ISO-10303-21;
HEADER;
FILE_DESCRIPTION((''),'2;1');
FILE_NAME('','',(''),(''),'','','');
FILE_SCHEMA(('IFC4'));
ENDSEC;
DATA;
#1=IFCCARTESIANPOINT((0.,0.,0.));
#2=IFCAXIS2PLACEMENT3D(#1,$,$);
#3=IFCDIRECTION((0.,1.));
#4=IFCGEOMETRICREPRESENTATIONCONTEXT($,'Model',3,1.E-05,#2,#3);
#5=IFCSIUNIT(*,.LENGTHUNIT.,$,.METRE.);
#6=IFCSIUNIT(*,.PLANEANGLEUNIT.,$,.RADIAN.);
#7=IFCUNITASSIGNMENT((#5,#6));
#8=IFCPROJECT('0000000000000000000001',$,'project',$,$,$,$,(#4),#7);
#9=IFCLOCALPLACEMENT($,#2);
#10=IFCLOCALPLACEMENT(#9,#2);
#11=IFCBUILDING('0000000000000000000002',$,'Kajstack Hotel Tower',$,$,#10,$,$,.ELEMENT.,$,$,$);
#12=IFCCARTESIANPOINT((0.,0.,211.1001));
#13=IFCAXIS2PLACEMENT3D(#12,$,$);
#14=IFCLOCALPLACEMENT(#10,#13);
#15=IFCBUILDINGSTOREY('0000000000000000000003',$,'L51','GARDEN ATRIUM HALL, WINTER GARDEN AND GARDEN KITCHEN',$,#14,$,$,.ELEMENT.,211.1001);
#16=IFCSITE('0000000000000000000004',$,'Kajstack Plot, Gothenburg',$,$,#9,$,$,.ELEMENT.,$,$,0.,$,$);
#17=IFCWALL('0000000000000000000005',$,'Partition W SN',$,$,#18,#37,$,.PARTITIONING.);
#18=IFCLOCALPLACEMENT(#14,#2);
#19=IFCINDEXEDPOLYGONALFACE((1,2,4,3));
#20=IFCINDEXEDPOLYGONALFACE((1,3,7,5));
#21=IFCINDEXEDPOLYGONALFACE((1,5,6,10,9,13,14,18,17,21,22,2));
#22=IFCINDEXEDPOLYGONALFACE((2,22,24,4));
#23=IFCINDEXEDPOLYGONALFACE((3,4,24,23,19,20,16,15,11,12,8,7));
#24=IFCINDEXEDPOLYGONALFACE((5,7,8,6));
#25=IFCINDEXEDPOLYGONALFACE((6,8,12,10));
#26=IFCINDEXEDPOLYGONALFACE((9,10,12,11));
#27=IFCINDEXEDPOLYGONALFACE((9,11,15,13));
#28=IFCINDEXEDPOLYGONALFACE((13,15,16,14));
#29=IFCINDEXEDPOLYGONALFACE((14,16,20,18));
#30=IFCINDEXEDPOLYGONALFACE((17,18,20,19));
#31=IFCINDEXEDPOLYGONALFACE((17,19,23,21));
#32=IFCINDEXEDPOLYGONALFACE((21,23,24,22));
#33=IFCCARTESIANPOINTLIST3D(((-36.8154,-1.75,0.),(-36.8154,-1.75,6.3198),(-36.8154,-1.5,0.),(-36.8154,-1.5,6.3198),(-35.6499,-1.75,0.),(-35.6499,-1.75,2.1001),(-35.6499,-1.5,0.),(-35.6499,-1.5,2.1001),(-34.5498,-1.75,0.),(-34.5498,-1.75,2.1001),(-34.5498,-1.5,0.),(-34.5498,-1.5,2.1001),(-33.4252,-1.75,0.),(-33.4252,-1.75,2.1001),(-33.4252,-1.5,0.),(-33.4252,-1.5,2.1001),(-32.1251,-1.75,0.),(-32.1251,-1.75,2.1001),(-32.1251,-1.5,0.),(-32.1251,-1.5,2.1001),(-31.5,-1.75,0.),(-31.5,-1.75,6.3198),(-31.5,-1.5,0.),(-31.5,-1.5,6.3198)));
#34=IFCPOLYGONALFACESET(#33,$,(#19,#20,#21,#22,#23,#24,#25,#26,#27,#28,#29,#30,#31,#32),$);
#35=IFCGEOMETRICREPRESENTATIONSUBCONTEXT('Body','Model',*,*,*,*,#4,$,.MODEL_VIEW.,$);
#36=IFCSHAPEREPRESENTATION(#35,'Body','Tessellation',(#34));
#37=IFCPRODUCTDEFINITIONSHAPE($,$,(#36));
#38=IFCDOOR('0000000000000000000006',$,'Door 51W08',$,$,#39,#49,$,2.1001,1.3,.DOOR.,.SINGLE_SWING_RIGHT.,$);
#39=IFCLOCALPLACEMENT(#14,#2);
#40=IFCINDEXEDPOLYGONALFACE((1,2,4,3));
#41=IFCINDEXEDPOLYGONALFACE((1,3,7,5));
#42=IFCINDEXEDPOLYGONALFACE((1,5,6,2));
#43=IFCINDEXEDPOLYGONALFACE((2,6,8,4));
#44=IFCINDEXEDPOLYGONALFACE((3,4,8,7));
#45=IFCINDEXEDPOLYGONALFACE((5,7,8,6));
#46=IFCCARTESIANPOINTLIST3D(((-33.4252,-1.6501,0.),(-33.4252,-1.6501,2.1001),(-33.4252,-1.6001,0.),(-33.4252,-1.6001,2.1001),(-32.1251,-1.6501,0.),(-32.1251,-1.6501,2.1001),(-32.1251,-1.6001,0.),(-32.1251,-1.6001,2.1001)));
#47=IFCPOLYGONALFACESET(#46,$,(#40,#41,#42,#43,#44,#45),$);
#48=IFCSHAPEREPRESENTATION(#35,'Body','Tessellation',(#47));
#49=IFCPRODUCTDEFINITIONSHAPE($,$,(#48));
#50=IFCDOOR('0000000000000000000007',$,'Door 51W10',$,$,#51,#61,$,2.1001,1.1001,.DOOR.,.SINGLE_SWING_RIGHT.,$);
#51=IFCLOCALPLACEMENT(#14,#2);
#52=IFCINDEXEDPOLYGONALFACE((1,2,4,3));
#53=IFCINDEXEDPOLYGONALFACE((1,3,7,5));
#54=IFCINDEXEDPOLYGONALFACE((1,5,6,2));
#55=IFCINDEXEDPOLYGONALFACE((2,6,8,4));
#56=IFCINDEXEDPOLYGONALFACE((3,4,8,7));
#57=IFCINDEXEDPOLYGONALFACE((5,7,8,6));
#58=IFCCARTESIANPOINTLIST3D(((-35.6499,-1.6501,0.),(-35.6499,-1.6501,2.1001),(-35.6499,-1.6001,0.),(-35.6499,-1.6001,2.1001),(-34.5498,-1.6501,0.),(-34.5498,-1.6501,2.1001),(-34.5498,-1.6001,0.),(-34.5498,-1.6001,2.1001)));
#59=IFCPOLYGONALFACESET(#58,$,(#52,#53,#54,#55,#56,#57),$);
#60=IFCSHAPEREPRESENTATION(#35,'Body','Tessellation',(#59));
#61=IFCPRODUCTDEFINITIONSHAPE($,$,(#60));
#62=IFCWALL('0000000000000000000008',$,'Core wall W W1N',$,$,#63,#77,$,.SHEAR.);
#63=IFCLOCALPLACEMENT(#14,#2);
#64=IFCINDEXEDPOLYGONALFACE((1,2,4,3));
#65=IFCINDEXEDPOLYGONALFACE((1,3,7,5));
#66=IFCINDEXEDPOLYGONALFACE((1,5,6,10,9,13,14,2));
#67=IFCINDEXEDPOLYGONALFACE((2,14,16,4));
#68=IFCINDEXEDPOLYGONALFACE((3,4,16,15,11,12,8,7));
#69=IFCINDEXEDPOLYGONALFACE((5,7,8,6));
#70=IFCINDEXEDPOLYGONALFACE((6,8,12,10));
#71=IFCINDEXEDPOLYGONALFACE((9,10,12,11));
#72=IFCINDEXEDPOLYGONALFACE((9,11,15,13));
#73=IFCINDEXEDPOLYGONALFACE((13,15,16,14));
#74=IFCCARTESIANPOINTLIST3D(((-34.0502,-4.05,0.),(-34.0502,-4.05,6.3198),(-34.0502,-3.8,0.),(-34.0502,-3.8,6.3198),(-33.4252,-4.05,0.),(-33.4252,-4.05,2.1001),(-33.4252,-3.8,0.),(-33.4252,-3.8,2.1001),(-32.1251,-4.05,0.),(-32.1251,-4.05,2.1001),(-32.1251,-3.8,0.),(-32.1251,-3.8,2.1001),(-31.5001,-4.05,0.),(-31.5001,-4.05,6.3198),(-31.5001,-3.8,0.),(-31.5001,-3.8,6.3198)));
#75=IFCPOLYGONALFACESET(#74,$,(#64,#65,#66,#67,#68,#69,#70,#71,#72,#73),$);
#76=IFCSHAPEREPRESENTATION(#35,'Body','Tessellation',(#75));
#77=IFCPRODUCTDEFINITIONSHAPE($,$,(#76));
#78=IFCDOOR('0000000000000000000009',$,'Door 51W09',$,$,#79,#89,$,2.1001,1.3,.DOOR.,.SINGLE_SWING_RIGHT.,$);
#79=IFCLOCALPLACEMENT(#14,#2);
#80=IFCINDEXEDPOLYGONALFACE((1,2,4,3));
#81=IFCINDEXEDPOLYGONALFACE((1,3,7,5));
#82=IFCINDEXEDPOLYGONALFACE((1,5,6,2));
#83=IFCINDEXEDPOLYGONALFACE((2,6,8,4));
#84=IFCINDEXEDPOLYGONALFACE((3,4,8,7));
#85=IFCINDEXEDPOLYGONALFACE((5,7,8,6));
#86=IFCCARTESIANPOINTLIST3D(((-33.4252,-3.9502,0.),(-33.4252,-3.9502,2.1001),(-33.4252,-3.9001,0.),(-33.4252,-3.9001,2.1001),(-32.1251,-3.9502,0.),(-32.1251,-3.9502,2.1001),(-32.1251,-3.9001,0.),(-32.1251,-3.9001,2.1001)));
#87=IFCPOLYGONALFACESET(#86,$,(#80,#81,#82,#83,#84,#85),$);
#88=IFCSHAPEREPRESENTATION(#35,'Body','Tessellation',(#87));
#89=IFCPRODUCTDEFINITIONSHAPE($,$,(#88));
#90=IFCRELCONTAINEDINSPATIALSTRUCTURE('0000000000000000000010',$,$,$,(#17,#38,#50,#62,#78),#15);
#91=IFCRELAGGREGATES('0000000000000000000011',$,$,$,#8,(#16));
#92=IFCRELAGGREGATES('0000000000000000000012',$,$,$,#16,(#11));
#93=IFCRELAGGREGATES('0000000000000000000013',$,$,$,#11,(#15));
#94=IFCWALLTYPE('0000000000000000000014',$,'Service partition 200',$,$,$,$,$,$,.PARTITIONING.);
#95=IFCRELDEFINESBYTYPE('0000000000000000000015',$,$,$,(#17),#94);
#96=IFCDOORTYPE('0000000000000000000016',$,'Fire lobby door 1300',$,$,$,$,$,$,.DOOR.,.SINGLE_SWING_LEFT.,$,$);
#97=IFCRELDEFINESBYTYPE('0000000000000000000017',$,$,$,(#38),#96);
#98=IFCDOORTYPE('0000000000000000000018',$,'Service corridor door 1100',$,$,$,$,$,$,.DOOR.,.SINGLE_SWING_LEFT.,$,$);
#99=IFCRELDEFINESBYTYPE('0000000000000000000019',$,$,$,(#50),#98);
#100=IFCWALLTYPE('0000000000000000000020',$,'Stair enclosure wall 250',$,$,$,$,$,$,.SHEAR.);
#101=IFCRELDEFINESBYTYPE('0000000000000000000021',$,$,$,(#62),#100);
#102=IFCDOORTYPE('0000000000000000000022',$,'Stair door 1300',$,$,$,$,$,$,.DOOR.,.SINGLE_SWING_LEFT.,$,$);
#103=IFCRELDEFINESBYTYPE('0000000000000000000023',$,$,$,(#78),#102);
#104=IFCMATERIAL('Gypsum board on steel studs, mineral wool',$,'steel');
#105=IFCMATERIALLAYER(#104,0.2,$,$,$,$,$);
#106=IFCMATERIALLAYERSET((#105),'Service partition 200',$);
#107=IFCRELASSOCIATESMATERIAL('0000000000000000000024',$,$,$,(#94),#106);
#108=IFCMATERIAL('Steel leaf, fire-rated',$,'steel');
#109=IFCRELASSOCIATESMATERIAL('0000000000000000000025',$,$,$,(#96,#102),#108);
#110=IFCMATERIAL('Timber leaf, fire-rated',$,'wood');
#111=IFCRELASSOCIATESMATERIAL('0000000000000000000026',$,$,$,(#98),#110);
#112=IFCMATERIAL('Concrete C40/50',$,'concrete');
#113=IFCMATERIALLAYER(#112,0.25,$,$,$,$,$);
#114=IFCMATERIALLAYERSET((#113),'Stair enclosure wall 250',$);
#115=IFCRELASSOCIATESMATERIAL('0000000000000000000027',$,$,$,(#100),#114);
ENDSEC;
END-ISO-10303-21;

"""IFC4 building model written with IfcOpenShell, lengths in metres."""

from ifc_helpers import new_model, si_unit, direction, frame, frame_2d, origin, place, context, subcontext, project, spatial, rectangle, extrude, material, layer, layer_set, type_object, element, fill, save


model = new_model("IFC4")

# Units and contexts
model_context = context("Model", 3, precision=1e-05, world=origin(), true_north=direction((0.0, 1.0)))
body_context = subcontext(model_context, "Body", "Model", "MODEL_VIEW")
ifc_project = project(units=[si_unit("LENGTHUNIT", "METRE"), si_unit("PLANEANGLEUNIT", "RADIAN")], contexts=[model_context])

# Site, building, storey
site_placement = place(None, origin())
site = spatial("IfcSite", under=ifc_project, at=site_placement, Name="Kajstack Plot, Gothenburg", CompositionType="ELEMENT", RefElevation=0.0)
building_placement = place(site_placement, origin())
building = spatial("IfcBuilding", under=site, at=building_placement, Name="Kajstack Hotel Tower", CompositionType="ELEMENT")
storey_placement = place(building_placement, frame((0.0, 0.0, 211.1001)))
storey = spatial("IfcBuildingStorey", under=building, at=storey_placement, Name="L51", Description="GARDEN ATRIUM HALL, WINTER GARDEN AND GARDEN KITCHEN", CompositionType="ELEMENT", Elevation=211.1001)

# Wall, openings, doors
ifc_material_1 = material(Name="Gypsum board on steel studs, mineral wool", Category="steel")
ifc_layer_1 = layer(ifc_material_1, 0.2)
ifc_layer_set_1 = layer_set([ifc_layer_1], Name="Service partition 200")
wall_type_1 = type_object("IfcWallType", Name="Service partition 200", PredefinedType="PARTITIONING", material=ifc_layer_set_1)
wall_1_placement = place(storey_placement, frame((-36.8154, -1.625, 0.0), z_axis=(0.0, 0.0, 1.0), x_axis=(1.0, 0.0, 0.0)))
wall_1 = element("IfcWall", 1, at=wall_1_placement, inside=storey, type_object=wall_type_1, Name="Partition W SN", PredefinedType="PARTITIONING", context=body_context, shape_type="SweptSolid", body=[
    extrude(rectangle(XDim=5.3154, YDim=0.25, at=frame_2d((2.6577, 0.0))), origin(), (0.0, 0.0, 1.0), 6.3198),
])
opening_1_placement = place(wall_1_placement, frame((3.3904, 0.0, 0.0)))
opening_1 = element("IfcOpeningElement", 2, at=opening_1_placement, cuts=wall_1, PredefinedType="OPENING", context=body_context, shape_type="SweptSolid", body=[
    extrude(rectangle(XDim=1.3, YDim=2.1001, at=frame_2d((0.6499, 1.05))), frame((0.0, 0.135, 0.0), z_axis=(0.0, -1.0, 0.0), x_axis=(1.0, 0.0, 0.0)), (0.0, 0.0, 1.0), 0.27),
])
opening_2_placement = place(wall_1_placement, frame((1.1655, 0.0, 0.0)))
opening_2 = element("IfcOpeningElement", 3, at=opening_2_placement, cuts=wall_1, PredefinedType="OPENING", context=body_context, shape_type="SweptSolid", body=[
    extrude(rectangle(XDim=1.1001, YDim=2.1001, at=frame_2d((0.55, 1.05))), frame((0.0, 0.135, 0.0), z_axis=(0.0, -1.0, 0.0), x_axis=(1.0, 0.0, 0.0)), (0.0, 0.0, 1.0), 0.27),
])
ifc_material_2 = material(Name="Steel leaf, fire-rated", Category="steel")
door_type_1 = type_object("IfcDoorType", Name="Fire lobby door 1300", OperationType="SINGLE_SWING_LEFT", PredefinedType="DOOR", material=ifc_material_2)
door_1_placement = place(opening_1_placement, origin())
door_1 = element("IfcDoor", 4, at=door_1_placement, inside=storey, type_object=door_type_1, Name="Door 51W08", OperationType="SINGLE_SWING_RIGHT", OverallHeight=2.1001, OverallWidth=1.3, PredefinedType="DOOR", context=body_context, shape_type="SweptSolid", body=[
    extrude(rectangle(XDim=1.3, YDim=2.1001, at=frame_2d((0.6499, 1.05))), frame((0.0, 0.0249, 0.0), z_axis=(0.0, -1.0, 0.0), x_axis=(1.0, 0.0, 0.0)), (0.0, 0.0, 1.0), 0.05),
])
fill(opening_1, door_1)
ifc_material_3 = material(Name="Timber leaf, fire-rated", Category="wood")
door_type_2 = type_object("IfcDoorType", Name="Service corridor door 1100", OperationType="SINGLE_SWING_LEFT", PredefinedType="DOOR", material=ifc_material_3)
door_2_placement = place(opening_2_placement, origin())
door_2 = element("IfcDoor", 5, at=door_2_placement, inside=storey, type_object=door_type_2, Name="Door 51W10", OperationType="SINGLE_SWING_RIGHT", OverallHeight=2.1001, OverallWidth=1.1001, PredefinedType="DOOR", context=body_context, shape_type="SweptSolid", body=[
    extrude(rectangle(XDim=1.1001, YDim=2.1001, at=frame_2d((0.55, 1.05))), frame((0.0, 0.0249, 0.0), z_axis=(0.0, -1.0, 0.0), x_axis=(1.0, 0.0, 0.0)), (0.0, 0.0, 1.0), 0.05),
])
fill(opening_2, door_2)

# Wall, opening, door
ifc_material_4 = material(Name="Concrete C40/50", Category="concrete")
ifc_layer_2 = layer(ifc_material_4, 0.25)
ifc_layer_set_2 = layer_set([ifc_layer_2], Name="Stair enclosure wall 250")
wall_type_2 = type_object("IfcWallType", Name="Stair enclosure wall 250", PredefinedType="SHEAR", material=ifc_layer_set_2)
wall_2_placement = place(storey_placement, frame((-34.05, -3.925, 0.0), z_axis=(0.0, 0.0, 1.0), x_axis=(1.0, 0.0, 0.0)))
wall_2 = element("IfcWall", 6, at=wall_2_placement, inside=storey, type_object=wall_type_2, Name="Core wall W W1N", PredefinedType="SHEAR", context=body_context, shape_type="SweptSolid", body=[
    extrude(rectangle(XDim=2.55, YDim=0.25, at=frame_2d((1.2749, 0.0))), origin(), (0.0, 0.0, 1.0), 6.3198),
])
opening_3_placement = place(wall_2_placement, frame((0.625, 0.0, 0.0)))
opening_3 = element("IfcOpeningElement", 7, at=opening_3_placement, cuts=wall_2, PredefinedType="OPENING", context=body_context, shape_type="SweptSolid", body=[
    extrude(rectangle(XDim=1.3, YDim=2.1001, at=frame_2d((0.6499, 1.05))), frame((0.0, 0.135, 0.0), z_axis=(0.0, -1.0, 0.0), x_axis=(1.0, 0.0, 0.0)), (0.0, 0.0, 1.0), 0.27),
])
door_type_3 = type_object("IfcDoorType", Name="Stair door 1300", OperationType="SINGLE_SWING_LEFT", PredefinedType="DOOR", material=ifc_material_2)
door_3_placement = place(opening_3_placement, origin())
door_3 = element("IfcDoor", 8, at=door_3_placement, inside=storey, type_object=door_type_3, Name="Door 51W09", OperationType="SINGLE_SWING_RIGHT", OverallHeight=2.1001, OverallWidth=1.3, PredefinedType="DOOR", context=body_context, shape_type="SweptSolid", body=[
    extrude(rectangle(XDim=1.3, YDim=2.1001, at=frame_2d((0.6499, 1.05))), frame((0.0, 0.0249, 0.0), z_axis=(0.0, -1.0, 0.0), x_axis=(1.0, 0.0, 0.0)), (0.0, 0.0, 1.0), 0.05),
])
fill(opening_3, door_3)

save(model, "model.ifc")
